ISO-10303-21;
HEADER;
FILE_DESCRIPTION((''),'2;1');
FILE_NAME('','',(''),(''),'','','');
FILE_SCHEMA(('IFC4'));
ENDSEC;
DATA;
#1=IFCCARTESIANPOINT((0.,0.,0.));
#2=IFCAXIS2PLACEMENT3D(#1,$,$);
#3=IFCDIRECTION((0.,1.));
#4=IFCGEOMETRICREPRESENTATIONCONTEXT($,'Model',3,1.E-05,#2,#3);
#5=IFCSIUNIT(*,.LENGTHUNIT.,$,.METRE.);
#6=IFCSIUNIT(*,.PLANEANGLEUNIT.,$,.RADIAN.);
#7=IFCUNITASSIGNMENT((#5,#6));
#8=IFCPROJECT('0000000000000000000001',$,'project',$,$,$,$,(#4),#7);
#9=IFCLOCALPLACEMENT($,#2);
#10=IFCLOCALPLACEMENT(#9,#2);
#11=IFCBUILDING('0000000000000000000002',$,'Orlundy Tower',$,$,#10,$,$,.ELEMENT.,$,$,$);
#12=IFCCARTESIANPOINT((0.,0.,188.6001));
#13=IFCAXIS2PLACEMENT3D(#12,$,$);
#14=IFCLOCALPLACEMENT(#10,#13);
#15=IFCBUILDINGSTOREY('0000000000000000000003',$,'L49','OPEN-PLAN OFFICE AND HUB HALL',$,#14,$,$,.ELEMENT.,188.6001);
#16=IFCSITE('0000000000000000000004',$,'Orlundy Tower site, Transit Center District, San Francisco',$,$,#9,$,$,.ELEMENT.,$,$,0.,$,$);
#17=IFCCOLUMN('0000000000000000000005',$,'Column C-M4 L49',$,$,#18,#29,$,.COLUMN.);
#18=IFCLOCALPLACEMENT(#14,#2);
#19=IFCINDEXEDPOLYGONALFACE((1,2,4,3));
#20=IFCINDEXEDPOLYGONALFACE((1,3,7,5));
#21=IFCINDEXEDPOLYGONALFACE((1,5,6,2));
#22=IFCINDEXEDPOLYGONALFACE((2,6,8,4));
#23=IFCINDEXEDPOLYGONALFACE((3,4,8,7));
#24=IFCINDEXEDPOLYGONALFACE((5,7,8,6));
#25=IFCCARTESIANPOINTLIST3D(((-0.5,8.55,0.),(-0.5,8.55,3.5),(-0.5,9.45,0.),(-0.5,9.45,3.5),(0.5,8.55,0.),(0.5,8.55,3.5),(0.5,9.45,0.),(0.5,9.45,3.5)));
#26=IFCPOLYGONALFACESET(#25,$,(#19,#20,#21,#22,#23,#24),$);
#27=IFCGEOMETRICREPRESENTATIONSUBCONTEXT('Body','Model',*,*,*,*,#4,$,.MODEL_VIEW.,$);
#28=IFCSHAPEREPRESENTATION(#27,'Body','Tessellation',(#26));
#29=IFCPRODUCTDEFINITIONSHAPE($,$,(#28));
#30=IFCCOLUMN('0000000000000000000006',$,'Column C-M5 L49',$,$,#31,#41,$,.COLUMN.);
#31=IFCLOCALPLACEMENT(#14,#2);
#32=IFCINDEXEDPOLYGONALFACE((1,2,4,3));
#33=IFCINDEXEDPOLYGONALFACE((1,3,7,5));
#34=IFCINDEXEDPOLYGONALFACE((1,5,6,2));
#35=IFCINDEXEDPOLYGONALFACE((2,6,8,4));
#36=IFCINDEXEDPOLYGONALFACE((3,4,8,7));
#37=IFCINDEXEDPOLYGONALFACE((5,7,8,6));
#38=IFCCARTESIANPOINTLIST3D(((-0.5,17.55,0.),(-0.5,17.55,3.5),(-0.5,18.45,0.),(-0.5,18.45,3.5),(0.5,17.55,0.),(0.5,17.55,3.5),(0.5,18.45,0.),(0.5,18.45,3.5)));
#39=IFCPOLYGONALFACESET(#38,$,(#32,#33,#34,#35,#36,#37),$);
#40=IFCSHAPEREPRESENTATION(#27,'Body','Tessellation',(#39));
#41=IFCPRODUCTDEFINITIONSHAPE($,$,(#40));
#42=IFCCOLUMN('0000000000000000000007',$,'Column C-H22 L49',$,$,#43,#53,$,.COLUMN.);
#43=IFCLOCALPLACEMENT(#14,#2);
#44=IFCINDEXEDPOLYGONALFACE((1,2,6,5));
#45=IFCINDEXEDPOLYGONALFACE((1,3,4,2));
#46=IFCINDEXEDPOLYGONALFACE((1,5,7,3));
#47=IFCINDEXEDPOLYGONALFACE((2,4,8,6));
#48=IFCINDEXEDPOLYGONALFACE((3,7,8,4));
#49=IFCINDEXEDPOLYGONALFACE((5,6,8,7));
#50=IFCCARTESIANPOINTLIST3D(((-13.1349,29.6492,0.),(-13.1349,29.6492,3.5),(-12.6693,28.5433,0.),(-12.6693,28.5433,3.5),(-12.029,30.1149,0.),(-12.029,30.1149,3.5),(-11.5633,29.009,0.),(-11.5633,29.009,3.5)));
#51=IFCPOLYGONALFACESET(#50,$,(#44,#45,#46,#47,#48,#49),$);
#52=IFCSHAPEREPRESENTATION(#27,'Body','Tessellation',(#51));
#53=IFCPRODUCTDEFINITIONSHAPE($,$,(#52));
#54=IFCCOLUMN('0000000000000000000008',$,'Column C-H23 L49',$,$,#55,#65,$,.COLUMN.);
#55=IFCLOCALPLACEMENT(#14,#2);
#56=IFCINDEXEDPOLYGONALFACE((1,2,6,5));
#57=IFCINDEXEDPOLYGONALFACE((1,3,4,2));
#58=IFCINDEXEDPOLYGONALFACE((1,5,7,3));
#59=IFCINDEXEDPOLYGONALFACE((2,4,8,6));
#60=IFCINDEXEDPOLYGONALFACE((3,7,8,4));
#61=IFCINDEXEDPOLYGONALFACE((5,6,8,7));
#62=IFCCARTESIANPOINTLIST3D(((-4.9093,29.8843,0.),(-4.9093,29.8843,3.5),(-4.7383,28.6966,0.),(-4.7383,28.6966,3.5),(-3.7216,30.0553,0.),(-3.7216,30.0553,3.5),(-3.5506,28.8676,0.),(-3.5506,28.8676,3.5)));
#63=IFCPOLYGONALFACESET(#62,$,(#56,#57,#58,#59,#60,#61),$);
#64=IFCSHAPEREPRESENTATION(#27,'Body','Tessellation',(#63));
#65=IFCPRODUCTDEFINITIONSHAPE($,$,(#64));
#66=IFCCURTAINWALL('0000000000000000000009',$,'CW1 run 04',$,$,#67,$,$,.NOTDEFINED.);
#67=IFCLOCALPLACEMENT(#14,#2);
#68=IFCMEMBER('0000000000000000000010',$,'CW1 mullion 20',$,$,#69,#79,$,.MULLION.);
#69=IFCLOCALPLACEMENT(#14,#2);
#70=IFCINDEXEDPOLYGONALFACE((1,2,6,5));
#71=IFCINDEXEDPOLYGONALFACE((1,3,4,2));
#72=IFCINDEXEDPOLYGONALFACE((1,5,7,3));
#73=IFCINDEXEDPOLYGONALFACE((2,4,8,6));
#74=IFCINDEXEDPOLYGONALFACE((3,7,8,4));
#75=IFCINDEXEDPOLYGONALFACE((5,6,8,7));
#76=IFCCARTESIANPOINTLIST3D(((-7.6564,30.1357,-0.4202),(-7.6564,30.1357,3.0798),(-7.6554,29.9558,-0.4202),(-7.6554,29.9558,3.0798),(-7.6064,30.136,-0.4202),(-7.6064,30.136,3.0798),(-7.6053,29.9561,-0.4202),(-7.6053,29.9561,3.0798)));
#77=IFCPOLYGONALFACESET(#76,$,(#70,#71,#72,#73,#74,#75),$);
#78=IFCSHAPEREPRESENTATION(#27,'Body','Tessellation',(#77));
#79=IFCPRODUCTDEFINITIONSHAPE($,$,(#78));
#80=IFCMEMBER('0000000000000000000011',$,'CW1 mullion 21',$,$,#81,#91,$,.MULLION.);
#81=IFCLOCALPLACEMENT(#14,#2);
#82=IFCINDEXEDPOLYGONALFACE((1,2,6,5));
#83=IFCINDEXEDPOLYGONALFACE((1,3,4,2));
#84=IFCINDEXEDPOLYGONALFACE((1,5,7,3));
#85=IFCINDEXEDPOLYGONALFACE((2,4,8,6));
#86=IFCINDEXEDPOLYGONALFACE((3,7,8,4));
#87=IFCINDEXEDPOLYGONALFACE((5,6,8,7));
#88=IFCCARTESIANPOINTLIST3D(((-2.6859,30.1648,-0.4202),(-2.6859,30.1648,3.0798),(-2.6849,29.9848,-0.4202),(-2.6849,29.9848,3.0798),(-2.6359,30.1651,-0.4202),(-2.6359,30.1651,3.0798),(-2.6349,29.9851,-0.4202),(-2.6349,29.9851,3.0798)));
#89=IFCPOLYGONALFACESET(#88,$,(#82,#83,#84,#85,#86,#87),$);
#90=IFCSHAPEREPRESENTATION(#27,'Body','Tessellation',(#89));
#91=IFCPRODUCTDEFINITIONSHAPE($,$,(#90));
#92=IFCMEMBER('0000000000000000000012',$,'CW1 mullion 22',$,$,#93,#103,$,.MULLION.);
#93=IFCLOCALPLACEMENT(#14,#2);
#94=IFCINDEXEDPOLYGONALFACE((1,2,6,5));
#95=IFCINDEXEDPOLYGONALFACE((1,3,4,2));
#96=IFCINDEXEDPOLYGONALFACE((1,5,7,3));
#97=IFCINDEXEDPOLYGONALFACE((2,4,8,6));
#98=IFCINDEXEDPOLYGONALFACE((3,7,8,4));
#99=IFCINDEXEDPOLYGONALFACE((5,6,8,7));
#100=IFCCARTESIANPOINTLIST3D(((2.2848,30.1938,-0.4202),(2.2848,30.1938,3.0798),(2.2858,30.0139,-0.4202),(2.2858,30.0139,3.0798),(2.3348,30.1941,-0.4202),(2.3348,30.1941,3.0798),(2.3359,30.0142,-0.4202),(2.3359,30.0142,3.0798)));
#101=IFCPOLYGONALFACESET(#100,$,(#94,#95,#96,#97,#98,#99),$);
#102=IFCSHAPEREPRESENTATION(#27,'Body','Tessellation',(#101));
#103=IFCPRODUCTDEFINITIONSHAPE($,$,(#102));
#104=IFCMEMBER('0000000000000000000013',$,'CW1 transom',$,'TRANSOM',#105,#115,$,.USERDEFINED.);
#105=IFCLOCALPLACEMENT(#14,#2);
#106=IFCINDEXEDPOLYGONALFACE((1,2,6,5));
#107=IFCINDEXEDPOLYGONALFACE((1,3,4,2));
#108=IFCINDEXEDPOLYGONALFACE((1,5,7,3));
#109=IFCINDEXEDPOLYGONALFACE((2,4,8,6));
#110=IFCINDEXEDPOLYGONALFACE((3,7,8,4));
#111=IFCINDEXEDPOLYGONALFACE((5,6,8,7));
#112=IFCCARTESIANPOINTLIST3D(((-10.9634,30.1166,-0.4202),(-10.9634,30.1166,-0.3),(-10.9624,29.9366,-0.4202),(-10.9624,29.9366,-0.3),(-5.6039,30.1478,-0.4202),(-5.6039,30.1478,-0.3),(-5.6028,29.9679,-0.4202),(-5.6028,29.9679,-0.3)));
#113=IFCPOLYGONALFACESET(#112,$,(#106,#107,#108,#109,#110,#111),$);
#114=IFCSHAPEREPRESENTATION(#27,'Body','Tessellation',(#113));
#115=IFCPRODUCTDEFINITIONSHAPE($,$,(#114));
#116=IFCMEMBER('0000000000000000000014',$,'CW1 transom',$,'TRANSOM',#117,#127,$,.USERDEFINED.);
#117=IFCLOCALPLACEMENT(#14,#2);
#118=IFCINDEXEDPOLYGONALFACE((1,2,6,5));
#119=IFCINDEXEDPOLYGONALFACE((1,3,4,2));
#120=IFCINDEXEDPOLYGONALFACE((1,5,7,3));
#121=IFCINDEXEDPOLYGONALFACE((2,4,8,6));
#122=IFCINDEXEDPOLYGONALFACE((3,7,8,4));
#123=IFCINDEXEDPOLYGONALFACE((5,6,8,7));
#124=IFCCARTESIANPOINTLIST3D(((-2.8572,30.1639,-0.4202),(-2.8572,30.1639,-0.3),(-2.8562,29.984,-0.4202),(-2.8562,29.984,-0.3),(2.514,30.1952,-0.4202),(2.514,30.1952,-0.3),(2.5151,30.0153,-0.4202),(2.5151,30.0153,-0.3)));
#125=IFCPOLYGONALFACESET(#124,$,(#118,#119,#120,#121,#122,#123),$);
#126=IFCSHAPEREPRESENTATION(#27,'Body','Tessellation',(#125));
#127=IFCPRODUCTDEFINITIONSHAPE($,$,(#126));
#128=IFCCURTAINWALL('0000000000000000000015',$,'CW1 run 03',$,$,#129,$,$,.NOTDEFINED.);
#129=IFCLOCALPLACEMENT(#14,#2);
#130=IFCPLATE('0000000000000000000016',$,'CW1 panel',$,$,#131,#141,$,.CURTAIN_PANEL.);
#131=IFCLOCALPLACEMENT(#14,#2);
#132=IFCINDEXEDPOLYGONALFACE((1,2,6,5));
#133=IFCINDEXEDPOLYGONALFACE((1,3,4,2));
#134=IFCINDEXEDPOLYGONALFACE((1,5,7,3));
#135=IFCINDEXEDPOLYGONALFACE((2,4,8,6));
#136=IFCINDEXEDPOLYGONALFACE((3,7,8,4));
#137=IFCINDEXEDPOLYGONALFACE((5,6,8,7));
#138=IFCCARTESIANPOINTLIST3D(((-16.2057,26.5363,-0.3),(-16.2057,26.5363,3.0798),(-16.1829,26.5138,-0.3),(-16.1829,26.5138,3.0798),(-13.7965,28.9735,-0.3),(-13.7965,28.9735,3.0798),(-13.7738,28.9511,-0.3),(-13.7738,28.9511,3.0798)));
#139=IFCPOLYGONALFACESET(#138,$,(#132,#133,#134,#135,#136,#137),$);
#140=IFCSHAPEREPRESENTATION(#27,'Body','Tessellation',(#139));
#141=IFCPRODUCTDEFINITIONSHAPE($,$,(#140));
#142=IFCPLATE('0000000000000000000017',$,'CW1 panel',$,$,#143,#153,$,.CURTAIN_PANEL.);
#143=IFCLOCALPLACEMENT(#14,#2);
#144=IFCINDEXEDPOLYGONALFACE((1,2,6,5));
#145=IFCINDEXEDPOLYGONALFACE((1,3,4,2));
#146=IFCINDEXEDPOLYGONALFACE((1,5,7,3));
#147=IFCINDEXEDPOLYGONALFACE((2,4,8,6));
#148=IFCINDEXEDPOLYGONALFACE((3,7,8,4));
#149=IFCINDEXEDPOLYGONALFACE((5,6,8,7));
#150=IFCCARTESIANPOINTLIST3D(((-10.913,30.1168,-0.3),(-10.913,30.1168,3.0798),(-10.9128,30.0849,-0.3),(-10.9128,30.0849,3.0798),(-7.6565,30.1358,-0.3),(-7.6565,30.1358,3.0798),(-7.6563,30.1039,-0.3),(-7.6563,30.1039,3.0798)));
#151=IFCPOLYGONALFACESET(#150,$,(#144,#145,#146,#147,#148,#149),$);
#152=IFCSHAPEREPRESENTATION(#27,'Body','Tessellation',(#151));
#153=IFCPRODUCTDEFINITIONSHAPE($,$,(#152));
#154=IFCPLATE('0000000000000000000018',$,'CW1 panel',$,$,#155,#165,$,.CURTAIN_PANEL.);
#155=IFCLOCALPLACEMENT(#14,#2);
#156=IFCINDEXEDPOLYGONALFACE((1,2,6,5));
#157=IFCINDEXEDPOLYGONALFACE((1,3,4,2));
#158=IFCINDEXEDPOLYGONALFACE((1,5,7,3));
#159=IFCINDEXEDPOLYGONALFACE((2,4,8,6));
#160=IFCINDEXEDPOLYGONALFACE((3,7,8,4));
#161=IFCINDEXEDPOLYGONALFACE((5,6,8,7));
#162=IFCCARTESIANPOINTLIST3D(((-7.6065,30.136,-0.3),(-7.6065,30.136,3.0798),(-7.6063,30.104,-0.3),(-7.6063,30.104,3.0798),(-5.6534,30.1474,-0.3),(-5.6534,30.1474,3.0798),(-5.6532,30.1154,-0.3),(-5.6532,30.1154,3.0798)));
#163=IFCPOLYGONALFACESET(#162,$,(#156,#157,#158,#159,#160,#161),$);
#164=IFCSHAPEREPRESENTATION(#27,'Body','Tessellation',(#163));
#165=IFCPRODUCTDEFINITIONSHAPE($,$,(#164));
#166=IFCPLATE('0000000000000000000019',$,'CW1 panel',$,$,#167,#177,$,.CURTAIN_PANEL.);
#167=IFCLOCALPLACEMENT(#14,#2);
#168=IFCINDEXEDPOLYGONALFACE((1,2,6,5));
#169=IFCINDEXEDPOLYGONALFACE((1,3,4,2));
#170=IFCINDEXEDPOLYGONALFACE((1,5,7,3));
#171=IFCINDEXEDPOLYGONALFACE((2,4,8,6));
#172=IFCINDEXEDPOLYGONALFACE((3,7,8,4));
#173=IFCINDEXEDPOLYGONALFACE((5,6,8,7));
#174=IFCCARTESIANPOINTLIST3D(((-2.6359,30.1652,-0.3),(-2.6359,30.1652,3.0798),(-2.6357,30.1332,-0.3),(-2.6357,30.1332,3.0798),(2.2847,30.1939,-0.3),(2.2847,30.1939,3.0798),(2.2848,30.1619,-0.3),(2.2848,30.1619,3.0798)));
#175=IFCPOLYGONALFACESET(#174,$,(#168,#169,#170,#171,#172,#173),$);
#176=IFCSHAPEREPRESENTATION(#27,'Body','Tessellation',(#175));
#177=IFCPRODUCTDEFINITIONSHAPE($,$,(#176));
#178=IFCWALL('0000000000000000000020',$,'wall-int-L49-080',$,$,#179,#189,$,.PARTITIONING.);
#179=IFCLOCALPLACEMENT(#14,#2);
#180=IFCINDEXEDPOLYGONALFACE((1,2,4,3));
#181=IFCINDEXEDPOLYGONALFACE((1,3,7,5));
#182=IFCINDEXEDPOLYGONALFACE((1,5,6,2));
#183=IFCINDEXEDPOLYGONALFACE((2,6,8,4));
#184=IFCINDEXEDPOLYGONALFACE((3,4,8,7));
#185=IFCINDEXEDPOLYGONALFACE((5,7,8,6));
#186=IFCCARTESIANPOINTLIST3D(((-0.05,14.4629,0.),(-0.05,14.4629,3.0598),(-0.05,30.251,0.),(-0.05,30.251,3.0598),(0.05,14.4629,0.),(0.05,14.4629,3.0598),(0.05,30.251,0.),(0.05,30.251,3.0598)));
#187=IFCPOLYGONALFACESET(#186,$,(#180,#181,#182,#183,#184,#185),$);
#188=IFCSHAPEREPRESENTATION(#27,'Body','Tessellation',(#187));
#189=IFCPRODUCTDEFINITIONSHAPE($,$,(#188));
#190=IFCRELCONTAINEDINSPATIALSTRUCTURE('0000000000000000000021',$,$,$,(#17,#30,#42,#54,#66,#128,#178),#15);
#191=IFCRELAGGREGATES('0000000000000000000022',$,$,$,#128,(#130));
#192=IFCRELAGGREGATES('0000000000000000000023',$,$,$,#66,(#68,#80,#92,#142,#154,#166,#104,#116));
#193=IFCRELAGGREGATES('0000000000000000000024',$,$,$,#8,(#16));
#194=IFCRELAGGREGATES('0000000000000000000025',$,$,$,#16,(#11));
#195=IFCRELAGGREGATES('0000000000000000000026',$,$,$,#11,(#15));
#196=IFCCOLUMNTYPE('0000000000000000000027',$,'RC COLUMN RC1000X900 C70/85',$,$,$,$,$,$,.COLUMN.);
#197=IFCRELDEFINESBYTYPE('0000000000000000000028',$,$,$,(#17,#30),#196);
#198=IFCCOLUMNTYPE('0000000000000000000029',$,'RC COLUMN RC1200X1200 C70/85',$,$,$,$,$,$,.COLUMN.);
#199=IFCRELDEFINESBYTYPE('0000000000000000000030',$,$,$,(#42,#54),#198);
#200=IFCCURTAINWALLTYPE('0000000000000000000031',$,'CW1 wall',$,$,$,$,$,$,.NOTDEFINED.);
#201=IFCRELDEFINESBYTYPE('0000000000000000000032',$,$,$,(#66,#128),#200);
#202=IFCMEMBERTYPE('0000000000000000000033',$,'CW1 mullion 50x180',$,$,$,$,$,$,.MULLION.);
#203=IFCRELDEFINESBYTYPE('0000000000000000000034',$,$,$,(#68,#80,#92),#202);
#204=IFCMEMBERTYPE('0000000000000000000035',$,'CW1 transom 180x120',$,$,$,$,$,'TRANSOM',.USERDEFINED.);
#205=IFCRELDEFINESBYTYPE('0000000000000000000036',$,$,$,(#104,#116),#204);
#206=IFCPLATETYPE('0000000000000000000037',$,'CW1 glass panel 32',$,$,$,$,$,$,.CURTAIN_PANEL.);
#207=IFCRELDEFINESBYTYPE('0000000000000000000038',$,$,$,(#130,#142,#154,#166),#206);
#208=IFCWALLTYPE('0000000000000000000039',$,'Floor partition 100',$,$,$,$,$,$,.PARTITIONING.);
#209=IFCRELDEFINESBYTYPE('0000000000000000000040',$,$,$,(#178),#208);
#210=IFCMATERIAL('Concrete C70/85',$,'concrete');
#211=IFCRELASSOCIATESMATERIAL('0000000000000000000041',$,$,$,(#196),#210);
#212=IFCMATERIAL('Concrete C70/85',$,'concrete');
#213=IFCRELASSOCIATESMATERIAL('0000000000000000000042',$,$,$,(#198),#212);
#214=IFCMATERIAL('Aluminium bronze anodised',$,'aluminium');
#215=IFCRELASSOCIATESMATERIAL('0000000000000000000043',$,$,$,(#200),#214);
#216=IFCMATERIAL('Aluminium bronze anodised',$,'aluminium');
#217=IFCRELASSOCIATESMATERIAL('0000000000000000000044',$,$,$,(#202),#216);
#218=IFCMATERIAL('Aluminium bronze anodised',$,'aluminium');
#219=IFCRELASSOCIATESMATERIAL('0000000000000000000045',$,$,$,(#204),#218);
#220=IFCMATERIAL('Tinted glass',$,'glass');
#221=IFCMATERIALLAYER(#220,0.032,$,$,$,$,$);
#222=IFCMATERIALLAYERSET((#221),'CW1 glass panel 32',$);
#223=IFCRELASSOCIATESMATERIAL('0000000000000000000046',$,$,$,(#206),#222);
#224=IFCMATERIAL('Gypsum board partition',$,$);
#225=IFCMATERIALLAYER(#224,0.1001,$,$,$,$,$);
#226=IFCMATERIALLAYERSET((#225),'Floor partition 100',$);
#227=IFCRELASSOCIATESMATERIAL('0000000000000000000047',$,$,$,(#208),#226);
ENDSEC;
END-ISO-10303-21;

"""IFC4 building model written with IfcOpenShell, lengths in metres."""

from ifc_helpers import new_model, si_unit, direction, frame, frame_2d, origin, origin_2d, place, context, subcontext, project, spatial, rectangle, extrude, material, layer, layer_set, material_profile, profile_set, type_object, element, aggregate, save


model = new_model("IFC4")

# Units and contexts
model_context = context("Model", 3, precision=1e-05, world=origin(), true_north=direction((0.0, 1.0)))
body_context = subcontext(model_context, "Body", "Model", "MODEL_VIEW")
ifc_project = project(units=[si_unit("LENGTHUNIT", "METRE"), si_unit("PLANEANGLEUNIT", "RADIAN")], contexts=[model_context])

# Site, building, storey
site_placement = place(None, origin())
site = spatial("IfcSite", under=ifc_project, at=site_placement, Name="Orlundy Tower site, Transit Center District, San Francisco", CompositionType="ELEMENT", RefElevation=0.0)
building_placement = place(site_placement, origin())
building = spatial("IfcBuilding", under=site, at=building_placement, Name="Orlundy Tower", CompositionType="ELEMENT")
storey_placement = place(building_placement, frame((0.0, 0.0, 188.6001)))
storey = spatial("IfcBuildingStorey", under=building, at=storey_placement, Name="L49", Description="OPEN-PLAN OFFICE AND HUB HALL", CompositionType="ELEMENT", Elevation=188.6001)

# Columns
ifc_material_1 = material(Name="Concrete C70/85", Category="concrete")
ifc_material_profile_1 = material_profile(ifc_material_1, rectangle(XDim=1.0, YDim=0.8999, at=origin_2d()), Name="RC1000X900")
ifc_profile_set_1 = profile_set([ifc_material_profile_1], Name="Concrete C70/85")
column_type_1 = type_object("IfcColumnType", Name="RC COLUMN RC1000X900 C70/85", PredefinedType="COLUMN", material=ifc_profile_set_1)
for number, where, z_axis, x_axis, name in (
    (1, (0.0, 9.0, 0.0), (0.0, 0.0, 1.0), (1.0, 0.0, 0.0), "Column C-M4 L49"),
    (2, (0.0, 18.0, 0.0), (0.0, 0.0, 1.0), (1.0, 0.0, 0.0), "Column C-M5 L49"),
):
    element("IfcColumn", number, at=place(storey_placement, frame(where, z_axis=z_axis, x_axis=x_axis)), inside=storey, type_object=column_type_1, Name=name, PredefinedType="COLUMN", context=body_context, shape_type="SweptSolid", body=[
        extrude(rectangle(XDim=1.0, YDim=0.8999, at=origin_2d()), origin(), (0.0, 0.0, 1.0), 3.5),
    ])
ifc_material_2 = material(Name="Concrete C70/85", Category="concrete")
ifc_material_profile_2 = material_profile(ifc_material_2, rectangle(XDim=1.2, YDim=1.2, at=origin_2d()), Name="RC1200X1200")
ifc_profile_set_2 = profile_set([ifc_material_profile_2], Name="Concrete C70/85")
column_type_2 = type_object("IfcColumnType", Name="RC COLUMN RC1200X1200 C70/85", PredefinedType="COLUMN", material=ifc_profile_set_2)
for number, where, z_axis, x_axis, name in (
    (3, (-12.3491, 29.3291, 0.0), (0.0, 0.0, 1.0), (-0.388063, 0.921633, 0.0), "Column C-H22 L49"),
    (4, (-4.23, 29.376, 0.0), (0.0, 0.0, 1.0), (-0.142525, 0.989791, 0.0), "Column C-H23 L49"),
):
    element("IfcColumn", number, at=place(storey_placement, frame(where, z_axis=z_axis, x_axis=x_axis)), inside=storey, type_object=column_type_2, Name=name, PredefinedType="COLUMN", context=body_context, shape_type="SweptSolid", body=[
        extrude(rectangle(XDim=1.2, YDim=1.2, at=origin_2d()), origin(), (0.0, 0.0, 1.0), 3.5),
    ])

# Curtain wall, members
ifc_material_3 = material(Name="Aluminium bronze anodised", Category="aluminium")
curtain_wall_type = type_object("IfcCurtainWallType", Name="CW1 wall", PredefinedType="NOTDEFINED", material=ifc_material_3)
curtain_wall_1_placement = place(storey_placement, origin())
curtain_wall_1 = element("IfcCurtainWall", 5, at=curtain_wall_1_placement, inside=storey, type_object=curtain_wall_type, Name="CW1 run 04", PredefinedType="NOTDEFINED")
ifc_material_4 = material(Name="Aluminium bronze anodised", Category="aluminium")
ifc_material_profile_3 = material_profile(ifc_material_4, rectangle(XDim=0.1799, YDim=0.05, at=origin_2d()), Name="CW1 mullion 50x180")
ifc_profile_set_3 = profile_set([ifc_material_profile_3], Name="Aluminium bronze anodised")
member_type_1 = type_object("IfcMemberType", Name="CW1 mullion 50x180", PredefinedType="MULLION", material=ifc_profile_set_3)
member_1_placement = place(storey_placement, frame((-7.6309, 30.0459, -0.4202), z_axis=(0.0, 0.0, 1.0), x_axis=(-0.005834, 0.999983, 0.0)))
member_1 = element("IfcMember", 6, at=member_1_placement, type_object=member_type_1, Name="CW1 mullion 20", PredefinedType="MULLION", context=body_context, shape_type="SweptSolid", body=[
    extrude(rectangle(XDim=0.1799, YDim=0.05, at=origin_2d()), origin(), (0.0, 0.0, 1.0), 3.5),
])
member_2_placement = place(storey_placement, frame((-2.6604, 30.075, -0.4202), z_axis=(0.0, 0.0, 1.0), x_axis=(-0.005834, 0.999983, 0.0)))
member_2 = element("IfcMember", 7, at=member_2_placement, type_object=member_type_1, Name="CW1 mullion 21", PredefinedType="MULLION", context=body_context, shape_type="SweptSolid", body=[
    extrude(rectangle(XDim=0.1799, YDim=0.05, at=origin_2d()), origin(), (0.0, 0.0, 1.0), 3.5),
])
member_3_placement = place(storey_placement, frame((2.3103, 30.104, -0.4202), z_axis=(0.0, 0.0, 1.0), x_axis=(-0.005834, 0.999983, 0.0)))
member_3 = element("IfcMember", 8, at=member_3_placement, type_object=member_type_1, Name="CW1 mullion 22", PredefinedType="MULLION", context=body_context, shape_type="SweptSolid", body=[
    extrude(rectangle(XDim=0.1799, YDim=0.05, at=origin_2d()), origin(), (0.0, 0.0, 1.0), 3.5),
])
ifc_material_5 = material(Name="Aluminium bronze anodised", Category="aluminium")
ifc_material_profile_4 = material_profile(ifc_material_5, rectangle(XDim=0.1799, YDim=0.1201, at=origin_2d()), Name="CW1 transom 180x120")
ifc_profile_set_4 = profile_set([ifc_material_profile_4], Name="Aluminium bronze anodised")
member_type_2 = type_object("IfcMemberType", Name="CW1 transom 180x120", ElementType="TRANSOM", PredefinedType="USERDEFINED", material=ifc_profile_set_4)
member_4_placement = place(storey_placement, frame((-10.9629, 30.0266, -0.3601), z_axis=(0.999983, 0.005831, 0.0), x_axis=(-0.005831, 0.999983, 0.0)))
member_4 = element("IfcMember", 9, at=member_4_placement, type_object=member_type_2, Name="CW1 transom", ObjectType="TRANSOM", PredefinedType="USERDEFINED", context=body_context, shape_type="SweptSolid", body=[
    extrude(rectangle(XDim=0.1799, YDim=0.1201, at=origin_2d()), origin(), (0.0, 0.0, 1.0), 5.3596),
])
member_5_placement = place(storey_placement, frame((-2.8567, 30.074, -0.3601), z_axis=(0.999983, 0.005818, 0.0), x_axis=(-0.005818, 0.999983, 0.0)))
member_5 = element("IfcMember", 10, at=member_5_placement, type_object=member_type_2, Name="CW1 transom", ObjectType="TRANSOM", PredefinedType="USERDEFINED", context=body_context, shape_type="SweptSolid", body=[
    extrude(rectangle(XDim=0.1799, YDim=0.1201, at=origin_2d()), origin(), (0.0, 0.0, 1.0), 5.3713),
])

# Curtain wall, plate
curtain_wall_2_placement = place(storey_placement, origin())
curtain_wall_2 = element("IfcCurtainWall", 11, at=curtain_wall_2_placement, inside=storey, type_object=curtain_wall_type, Name="CW1 run 03", PredefinedType="NOTDEFINED")
ifc_material_6 = material(Name="Tinted glass", Category="glass")
ifc_layer_1 = layer(ifc_material_6, 0.032)
ifc_layer_set_1 = layer_set([ifc_layer_1], Name="CW1 glass panel 32")
plate_type = type_object("IfcPlateType", Name="CW1 glass panel 32", PredefinedType="CURTAIN_PANEL", material=ifc_layer_set_1)
plate_1_placement = place(storey_placement, frame((-14.9897, 27.7437, -0.3), z_axis=(0.0, 0.0, 1.0), x_axis=(0.702991, 0.711199, 0.0)))
plate_1 = element("IfcPlate", 12, at=plate_1_placement, type_object=plate_type, Name="CW1 panel", PredefinedType="CURTAIN_PANEL", context=body_context, shape_type="SweptSolid", body=[
    extrude(rectangle(XDim=3.427, YDim=0.032, at=origin_2d()), origin(), (0.0, 0.0, 1.0), 3.3799),
])
aggregate(curtain_wall_2, [plate_1])

# Plates
plate_2_placement = place(storey_placement, frame((-9.2847, 30.1104, -0.3), z_axis=(0.0, 0.0, 1.0), x_axis=(0.999983, 0.005834, 0.0)))
plate_2 = element("IfcPlate", 13, at=plate_2_placement, type_object=plate_type, Name="CW1 panel", PredefinedType="CURTAIN_PANEL", context=body_context, shape_type="SweptSolid", body=[
    extrude(rectangle(XDim=3.2566, YDim=0.032, at=origin_2d()), origin(), (0.0, 0.0, 1.0), 3.3799),
])
plate_3_placement = place(storey_placement, frame((-6.6299, 30.1257, -0.3), z_axis=(0.0, 0.0, 1.0), x_axis=(0.999983, 0.005834, 0.0)))
plate_3 = element("IfcPlate", 14, at=plate_3_placement, type_object=plate_type, Name="CW1 panel", PredefinedType="CURTAIN_PANEL", context=body_context, shape_type="SweptSolid", body=[
    extrude(rectangle(XDim=1.9531, YDim=0.032, at=origin_2d()), origin(), (0.0, 0.0, 1.0), 3.3799),
])
plate_4_placement = place(storey_placement, frame((-0.1755, 30.1636, -0.3), z_axis=(0.0, 0.0, 1.0), x_axis=(0.999983, 0.005834, 0.0)))
plate_4 = element("IfcPlate", 15, at=plate_4_placement, type_object=plate_type, Name="CW1 panel", PredefinedType="CURTAIN_PANEL", context=body_context, shape_type="SweptSolid", body=[
    extrude(rectangle(XDim=4.9207, YDim=0.032, at=origin_2d()), origin(), (0.0, 0.0, 1.0), 3.3799),
])
aggregate(curtain_wall_1, [member_1, member_2, member_3, plate_2, plate_3, plate_4, member_4, member_5])

# Wall
ifc_material_7 = material(Name="Gypsum board partition")
ifc_layer_2 = layer(ifc_material_7, 0.1001)
ifc_layer_set_2 = layer_set([ifc_layer_2], Name="Floor partition 100")
wall_type_1 = type_object("IfcWallType", Name="Floor partition 100", PredefinedType="PARTITIONING", material=ifc_layer_set_2)
wall_1_placement = place(storey_placement, frame((0.0, 14.4629, 0.0), z_axis=(0.0, 0.0, 1.0), x_axis=(0.0, 1.0, 0.0)))
element("IfcWall", 16, at=wall_1_placement, inside=storey, type_object=wall_type_1, Name="wall-int-L49-080", PredefinedType="PARTITIONING", context=body_context, shape_type="SweptSolid", body=[
    extrude(rectangle(XDim=15.7881, YDim=0.1001, at=frame_2d((7.894, 0.0))), origin(), (0.0, 0.0, 1.0), 3.0598),
])

save(model, "model.ifc")
